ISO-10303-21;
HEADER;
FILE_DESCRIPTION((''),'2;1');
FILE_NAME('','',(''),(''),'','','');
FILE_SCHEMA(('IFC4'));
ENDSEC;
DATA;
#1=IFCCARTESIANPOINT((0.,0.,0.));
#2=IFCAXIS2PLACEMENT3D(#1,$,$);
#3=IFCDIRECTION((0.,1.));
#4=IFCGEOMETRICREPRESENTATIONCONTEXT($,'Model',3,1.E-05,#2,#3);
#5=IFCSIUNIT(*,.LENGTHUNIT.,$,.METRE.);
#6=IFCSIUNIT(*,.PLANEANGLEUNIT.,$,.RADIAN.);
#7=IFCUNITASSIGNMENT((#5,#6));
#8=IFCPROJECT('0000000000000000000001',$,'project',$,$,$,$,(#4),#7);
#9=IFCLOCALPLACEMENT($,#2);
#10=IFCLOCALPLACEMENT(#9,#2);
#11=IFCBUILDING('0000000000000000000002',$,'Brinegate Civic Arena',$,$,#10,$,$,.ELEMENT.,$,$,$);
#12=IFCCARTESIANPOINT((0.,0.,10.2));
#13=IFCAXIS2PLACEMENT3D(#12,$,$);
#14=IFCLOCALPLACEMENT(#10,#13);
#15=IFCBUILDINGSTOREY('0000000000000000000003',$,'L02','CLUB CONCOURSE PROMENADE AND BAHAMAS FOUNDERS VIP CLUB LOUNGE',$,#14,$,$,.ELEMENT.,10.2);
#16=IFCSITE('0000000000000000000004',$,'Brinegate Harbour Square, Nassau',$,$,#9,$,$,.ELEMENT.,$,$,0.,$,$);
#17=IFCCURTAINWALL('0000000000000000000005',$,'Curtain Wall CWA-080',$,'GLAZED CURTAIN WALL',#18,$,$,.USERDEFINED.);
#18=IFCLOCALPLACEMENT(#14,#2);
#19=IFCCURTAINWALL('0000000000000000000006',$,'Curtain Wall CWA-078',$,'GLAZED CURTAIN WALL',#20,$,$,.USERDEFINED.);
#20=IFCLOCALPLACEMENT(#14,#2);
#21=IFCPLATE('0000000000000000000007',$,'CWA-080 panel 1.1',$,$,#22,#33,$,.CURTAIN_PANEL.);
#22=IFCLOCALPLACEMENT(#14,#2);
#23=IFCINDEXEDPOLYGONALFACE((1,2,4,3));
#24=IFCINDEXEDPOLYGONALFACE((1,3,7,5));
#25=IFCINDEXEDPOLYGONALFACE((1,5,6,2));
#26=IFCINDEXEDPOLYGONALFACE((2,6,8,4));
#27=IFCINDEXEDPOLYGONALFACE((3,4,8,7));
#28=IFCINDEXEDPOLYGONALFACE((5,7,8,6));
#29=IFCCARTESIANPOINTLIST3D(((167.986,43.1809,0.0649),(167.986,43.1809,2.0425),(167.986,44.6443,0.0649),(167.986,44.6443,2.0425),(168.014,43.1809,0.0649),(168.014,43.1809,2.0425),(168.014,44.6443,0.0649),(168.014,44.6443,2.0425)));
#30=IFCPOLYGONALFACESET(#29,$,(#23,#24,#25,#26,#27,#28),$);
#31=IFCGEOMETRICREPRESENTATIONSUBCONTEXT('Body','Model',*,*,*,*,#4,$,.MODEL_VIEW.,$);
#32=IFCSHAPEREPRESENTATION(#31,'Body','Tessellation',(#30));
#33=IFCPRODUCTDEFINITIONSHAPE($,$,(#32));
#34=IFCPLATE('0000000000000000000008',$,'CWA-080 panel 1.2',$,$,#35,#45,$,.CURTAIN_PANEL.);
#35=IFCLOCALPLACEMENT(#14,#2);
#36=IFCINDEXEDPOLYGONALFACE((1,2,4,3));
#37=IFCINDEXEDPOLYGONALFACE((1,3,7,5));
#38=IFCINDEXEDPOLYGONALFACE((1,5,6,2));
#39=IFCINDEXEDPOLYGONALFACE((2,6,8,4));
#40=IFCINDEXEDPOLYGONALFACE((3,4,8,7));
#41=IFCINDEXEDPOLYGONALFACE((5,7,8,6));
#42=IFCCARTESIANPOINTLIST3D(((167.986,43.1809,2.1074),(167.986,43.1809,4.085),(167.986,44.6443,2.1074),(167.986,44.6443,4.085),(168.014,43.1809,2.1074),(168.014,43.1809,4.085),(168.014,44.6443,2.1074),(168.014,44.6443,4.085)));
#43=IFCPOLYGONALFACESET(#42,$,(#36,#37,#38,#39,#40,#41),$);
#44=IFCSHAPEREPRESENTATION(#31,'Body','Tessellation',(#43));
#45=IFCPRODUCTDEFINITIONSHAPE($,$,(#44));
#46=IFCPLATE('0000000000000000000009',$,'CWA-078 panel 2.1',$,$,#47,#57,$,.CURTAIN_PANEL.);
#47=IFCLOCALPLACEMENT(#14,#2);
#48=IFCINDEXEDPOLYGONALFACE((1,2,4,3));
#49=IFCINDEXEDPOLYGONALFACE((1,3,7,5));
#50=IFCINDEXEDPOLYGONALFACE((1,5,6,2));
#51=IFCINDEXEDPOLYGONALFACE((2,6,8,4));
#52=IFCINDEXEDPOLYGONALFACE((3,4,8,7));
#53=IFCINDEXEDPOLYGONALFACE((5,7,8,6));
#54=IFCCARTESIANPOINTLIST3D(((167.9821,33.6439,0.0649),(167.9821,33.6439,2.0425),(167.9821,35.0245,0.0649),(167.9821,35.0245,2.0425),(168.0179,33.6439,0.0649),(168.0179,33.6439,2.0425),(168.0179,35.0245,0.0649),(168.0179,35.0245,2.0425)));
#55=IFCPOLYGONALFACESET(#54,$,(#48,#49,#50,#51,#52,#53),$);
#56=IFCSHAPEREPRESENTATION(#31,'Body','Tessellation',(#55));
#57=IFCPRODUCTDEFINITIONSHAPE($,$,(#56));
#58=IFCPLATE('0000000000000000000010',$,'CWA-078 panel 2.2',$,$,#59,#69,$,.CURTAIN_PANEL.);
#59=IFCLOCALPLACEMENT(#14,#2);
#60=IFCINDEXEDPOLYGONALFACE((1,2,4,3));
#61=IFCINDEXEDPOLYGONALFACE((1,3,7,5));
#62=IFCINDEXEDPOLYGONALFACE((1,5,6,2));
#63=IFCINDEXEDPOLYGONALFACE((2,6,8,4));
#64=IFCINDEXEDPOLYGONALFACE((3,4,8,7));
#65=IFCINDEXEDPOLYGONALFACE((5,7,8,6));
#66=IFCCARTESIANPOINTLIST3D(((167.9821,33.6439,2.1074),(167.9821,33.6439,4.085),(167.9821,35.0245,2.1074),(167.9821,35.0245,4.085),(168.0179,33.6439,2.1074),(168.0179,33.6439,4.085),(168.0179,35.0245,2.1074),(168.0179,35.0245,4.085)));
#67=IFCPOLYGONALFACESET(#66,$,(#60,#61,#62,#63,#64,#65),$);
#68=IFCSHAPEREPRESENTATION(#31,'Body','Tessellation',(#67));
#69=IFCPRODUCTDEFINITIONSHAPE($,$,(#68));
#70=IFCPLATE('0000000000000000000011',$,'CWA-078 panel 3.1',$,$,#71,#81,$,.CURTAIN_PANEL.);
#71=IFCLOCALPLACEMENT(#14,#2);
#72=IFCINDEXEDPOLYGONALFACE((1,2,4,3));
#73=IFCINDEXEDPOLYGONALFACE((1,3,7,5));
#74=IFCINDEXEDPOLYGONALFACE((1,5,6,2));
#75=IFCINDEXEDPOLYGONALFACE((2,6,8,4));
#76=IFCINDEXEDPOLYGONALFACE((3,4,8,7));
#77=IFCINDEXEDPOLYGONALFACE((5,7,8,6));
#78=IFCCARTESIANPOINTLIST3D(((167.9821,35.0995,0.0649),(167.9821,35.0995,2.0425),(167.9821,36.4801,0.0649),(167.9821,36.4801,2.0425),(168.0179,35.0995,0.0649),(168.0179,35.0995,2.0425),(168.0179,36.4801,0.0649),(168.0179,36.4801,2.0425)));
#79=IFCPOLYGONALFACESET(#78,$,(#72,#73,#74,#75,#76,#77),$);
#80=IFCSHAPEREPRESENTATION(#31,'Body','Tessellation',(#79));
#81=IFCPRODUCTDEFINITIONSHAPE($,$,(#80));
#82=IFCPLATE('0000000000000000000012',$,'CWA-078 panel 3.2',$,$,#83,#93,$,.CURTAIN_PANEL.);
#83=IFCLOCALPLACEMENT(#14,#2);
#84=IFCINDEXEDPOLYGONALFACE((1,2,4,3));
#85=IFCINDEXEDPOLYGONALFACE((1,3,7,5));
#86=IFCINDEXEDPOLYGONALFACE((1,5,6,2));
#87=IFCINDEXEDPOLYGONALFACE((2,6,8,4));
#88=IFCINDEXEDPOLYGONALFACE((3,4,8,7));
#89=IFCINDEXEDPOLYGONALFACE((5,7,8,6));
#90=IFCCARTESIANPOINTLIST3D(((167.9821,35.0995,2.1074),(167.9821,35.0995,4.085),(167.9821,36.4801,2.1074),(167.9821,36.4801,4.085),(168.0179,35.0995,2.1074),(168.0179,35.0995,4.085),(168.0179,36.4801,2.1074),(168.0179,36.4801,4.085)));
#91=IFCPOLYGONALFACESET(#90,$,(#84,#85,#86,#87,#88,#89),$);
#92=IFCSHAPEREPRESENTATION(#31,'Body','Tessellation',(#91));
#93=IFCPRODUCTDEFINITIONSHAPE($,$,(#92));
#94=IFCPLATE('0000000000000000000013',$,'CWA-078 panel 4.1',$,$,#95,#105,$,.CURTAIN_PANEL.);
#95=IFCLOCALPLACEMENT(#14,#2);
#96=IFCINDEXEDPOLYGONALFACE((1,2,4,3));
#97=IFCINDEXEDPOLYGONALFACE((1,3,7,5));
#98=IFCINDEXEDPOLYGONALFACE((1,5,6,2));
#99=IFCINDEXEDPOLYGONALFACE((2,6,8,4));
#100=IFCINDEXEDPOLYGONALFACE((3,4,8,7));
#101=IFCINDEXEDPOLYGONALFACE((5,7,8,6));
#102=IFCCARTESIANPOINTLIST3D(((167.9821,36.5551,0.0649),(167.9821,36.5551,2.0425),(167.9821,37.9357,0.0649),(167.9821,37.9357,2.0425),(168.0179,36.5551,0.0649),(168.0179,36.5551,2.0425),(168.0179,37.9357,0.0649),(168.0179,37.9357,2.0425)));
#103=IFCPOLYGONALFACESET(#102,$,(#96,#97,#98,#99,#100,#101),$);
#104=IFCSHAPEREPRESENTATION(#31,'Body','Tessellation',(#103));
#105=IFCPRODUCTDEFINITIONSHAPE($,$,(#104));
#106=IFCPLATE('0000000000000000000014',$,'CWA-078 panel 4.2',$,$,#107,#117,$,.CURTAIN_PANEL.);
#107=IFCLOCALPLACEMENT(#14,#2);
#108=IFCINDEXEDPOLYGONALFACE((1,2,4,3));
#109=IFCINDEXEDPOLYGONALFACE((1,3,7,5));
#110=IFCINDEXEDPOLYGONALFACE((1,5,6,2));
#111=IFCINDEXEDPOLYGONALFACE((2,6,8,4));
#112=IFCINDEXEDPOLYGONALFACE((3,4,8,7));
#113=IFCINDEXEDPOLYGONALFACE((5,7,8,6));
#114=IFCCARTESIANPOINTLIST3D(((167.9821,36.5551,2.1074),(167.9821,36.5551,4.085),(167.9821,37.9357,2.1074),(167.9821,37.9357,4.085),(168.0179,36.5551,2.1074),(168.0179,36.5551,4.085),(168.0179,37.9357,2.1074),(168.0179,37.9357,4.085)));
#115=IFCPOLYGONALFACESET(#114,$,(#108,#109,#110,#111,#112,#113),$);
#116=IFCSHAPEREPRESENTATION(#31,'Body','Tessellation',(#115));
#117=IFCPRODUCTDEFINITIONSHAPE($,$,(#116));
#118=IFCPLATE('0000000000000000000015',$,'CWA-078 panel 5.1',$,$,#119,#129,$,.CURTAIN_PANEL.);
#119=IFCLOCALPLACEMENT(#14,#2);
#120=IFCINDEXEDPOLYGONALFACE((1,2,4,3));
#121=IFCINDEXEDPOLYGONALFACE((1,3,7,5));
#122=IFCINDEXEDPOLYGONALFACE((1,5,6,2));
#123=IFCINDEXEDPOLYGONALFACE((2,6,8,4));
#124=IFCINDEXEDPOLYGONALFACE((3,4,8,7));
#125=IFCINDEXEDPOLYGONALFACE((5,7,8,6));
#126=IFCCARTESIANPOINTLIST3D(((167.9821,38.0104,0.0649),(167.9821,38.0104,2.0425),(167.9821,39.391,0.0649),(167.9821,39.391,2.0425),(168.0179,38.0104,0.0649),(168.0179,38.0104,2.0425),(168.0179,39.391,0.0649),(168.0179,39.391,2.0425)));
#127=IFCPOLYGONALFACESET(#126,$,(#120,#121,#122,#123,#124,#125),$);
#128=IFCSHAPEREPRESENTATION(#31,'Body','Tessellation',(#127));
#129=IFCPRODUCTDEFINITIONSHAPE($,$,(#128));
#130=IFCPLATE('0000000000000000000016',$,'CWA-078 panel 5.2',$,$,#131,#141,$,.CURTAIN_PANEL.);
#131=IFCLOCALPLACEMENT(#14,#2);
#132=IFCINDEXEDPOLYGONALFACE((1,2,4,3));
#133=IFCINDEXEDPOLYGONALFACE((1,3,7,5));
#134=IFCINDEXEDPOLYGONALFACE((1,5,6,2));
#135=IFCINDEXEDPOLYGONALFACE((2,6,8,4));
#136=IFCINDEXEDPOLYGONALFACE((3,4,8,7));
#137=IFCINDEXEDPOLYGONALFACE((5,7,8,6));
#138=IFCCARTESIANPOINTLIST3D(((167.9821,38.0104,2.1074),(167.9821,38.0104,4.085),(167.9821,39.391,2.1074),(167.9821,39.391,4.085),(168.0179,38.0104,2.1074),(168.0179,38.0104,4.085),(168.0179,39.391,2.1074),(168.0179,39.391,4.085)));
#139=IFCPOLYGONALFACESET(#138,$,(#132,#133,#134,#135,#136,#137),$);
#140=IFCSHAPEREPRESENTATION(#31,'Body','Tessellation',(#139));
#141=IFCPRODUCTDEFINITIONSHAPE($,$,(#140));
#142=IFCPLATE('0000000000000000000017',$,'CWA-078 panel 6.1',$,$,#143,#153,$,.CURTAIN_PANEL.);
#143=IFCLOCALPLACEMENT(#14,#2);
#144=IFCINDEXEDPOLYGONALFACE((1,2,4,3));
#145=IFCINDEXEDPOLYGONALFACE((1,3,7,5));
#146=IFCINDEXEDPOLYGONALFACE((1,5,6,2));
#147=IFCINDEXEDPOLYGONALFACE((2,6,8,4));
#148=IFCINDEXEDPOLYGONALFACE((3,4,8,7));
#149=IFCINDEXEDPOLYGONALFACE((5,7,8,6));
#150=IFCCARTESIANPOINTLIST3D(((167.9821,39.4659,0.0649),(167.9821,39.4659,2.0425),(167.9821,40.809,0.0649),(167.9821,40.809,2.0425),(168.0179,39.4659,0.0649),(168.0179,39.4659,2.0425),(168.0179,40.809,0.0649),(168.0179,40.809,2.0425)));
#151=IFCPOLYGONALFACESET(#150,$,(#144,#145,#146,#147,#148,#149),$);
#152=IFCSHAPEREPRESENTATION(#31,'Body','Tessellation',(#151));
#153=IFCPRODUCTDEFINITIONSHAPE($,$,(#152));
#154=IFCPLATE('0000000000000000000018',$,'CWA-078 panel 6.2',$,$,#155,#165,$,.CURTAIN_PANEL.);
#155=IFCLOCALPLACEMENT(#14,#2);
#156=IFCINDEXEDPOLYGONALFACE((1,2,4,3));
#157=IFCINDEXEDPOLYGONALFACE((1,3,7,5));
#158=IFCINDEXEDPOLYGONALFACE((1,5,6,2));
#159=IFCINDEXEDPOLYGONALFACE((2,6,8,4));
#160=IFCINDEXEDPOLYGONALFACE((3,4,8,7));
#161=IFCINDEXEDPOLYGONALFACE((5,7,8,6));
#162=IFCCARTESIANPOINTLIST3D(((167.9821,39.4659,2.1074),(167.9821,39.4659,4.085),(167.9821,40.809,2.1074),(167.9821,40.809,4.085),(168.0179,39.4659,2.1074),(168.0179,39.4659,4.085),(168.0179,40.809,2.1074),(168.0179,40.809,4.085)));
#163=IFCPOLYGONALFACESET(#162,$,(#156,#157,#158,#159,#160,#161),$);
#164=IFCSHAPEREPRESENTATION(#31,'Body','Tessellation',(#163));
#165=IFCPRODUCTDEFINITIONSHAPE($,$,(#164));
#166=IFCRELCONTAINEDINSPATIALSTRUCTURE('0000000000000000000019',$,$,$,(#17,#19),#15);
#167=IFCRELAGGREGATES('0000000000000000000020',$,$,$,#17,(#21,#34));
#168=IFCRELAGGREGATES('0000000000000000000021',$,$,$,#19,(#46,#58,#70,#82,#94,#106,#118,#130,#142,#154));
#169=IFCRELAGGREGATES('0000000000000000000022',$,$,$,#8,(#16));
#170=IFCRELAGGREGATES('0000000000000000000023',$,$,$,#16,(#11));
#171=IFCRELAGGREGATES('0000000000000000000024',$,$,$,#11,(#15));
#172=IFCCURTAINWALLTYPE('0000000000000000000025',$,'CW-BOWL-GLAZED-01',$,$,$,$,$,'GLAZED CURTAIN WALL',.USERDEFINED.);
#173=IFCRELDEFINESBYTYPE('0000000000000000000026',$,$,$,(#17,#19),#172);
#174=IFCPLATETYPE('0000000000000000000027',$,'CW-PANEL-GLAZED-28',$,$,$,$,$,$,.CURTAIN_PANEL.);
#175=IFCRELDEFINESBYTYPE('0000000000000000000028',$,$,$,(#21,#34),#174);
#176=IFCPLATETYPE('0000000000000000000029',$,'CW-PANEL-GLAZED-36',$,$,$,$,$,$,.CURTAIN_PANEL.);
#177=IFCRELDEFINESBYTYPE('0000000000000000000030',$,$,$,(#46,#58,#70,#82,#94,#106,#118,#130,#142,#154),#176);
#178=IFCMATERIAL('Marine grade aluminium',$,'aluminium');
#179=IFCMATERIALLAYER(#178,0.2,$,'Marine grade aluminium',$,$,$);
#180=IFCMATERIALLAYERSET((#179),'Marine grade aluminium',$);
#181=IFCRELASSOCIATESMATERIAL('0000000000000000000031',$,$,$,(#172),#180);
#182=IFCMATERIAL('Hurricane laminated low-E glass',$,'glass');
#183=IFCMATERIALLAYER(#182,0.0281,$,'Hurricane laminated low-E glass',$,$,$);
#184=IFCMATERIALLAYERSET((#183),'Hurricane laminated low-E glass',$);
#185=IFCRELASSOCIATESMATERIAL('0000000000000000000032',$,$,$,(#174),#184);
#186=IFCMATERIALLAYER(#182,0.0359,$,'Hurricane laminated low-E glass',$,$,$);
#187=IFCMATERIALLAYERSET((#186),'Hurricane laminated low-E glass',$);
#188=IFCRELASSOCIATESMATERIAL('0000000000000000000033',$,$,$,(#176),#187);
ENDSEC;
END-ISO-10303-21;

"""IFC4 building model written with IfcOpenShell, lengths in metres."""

from ifc_helpers import new_model, si_unit, direction, frame, origin, origin_2d, place, context, subcontext, project, spatial, rectangle, extrude, material, layer, layer_set, type_object, element, aggregate, save


model = new_model("IFC4")

# Units and contexts
model_context = context("Model", 3, precision=1e-05, world=origin(), true_north=direction((0.0, 1.0)))
body_context = subcontext(model_context, "Body", "Model", "MODEL_VIEW")
ifc_project = project(units=[si_unit("LENGTHUNIT", "METRE"), si_unit("PLANEANGLEUNIT", "RADIAN")], contexts=[model_context])

# Site, building, storey
site_placement = place(None, origin())
site = spatial("IfcSite", under=ifc_project, at=site_placement, Name="Brinegate Harbour Square, Nassau", CompositionType="ELEMENT", RefElevation=0.0)
building_placement = place(site_placement, origin())
building = spatial("IfcBuilding", under=site, at=building_placement, Name="Brinegate Civic Arena", CompositionType="ELEMENT")
storey_placement = place(building_placement, frame((0.0, 0.0, 10.2)))
storey = spatial("IfcBuildingStorey", under=building, at=storey_placement, Name="L02", Description="CLUB CONCOURSE PROMENADE AND BAHAMAS FOUNDERS VIP CLUB LOUNGE", CompositionType="ELEMENT", Elevation=10.2)

# Curtain walls
ifc_material_1 = material(Name="Marine grade aluminium", Category="aluminium")
ifc_layer_1 = layer(ifc_material_1, 0.2, Name="Marine grade aluminium")
ifc_layer_set_1 = layer_set([ifc_layer_1], Name="Marine grade aluminium")
curtain_wall_type = type_object("IfcCurtainWallType", Name="CW-BOWL-GLAZED-01", ElementType="GLAZED CURTAIN WALL", PredefinedType="USERDEFINED", material=ifc_layer_set_1)
curtain_wall_1_placement = place(storey_placement, origin())
curtain_wall_1 = element("IfcCurtainWall", 1, at=curtain_wall_1_placement, inside=storey, type_object=curtain_wall_type, Name="Curtain Wall CWA-080", ObjectType="GLAZED CURTAIN WALL", PredefinedType="USERDEFINED")
curtain_wall_2_placement = place(storey_placement, origin())
curtain_wall_2 = element("IfcCurtainWall", 2, at=curtain_wall_2_placement, inside=storey, type_object=curtain_wall_type, Name="Curtain Wall CWA-078", ObjectType="GLAZED CURTAIN WALL", PredefinedType="USERDEFINED")

# Plates
ifc_material_2 = material(Name="Hurricane laminated low-E glass", Category="glass")
ifc_layer_2 = layer(ifc_material_2, 0.0281, Name="Hurricane laminated low-E glass")
ifc_layer_set_2 = layer_set([ifc_layer_2], Name="Hurricane laminated low-E glass")
plate_type_1 = type_object("IfcPlateType", Name="CW-PANEL-GLAZED-28", PredefinedType="CURTAIN_PANEL", material=ifc_layer_set_2)
plate_1_placement = place(storey_placement, frame((168.0, 43.9126, 0.0649), z_axis=(0.0, 0.0, 1.0), x_axis=(0.0, 1.0, 0.0)))
plate_1 = element("IfcPlate", 3, at=plate_1_placement, type_object=plate_type_1, Name="CWA-080 panel 1.1", PredefinedType="CURTAIN_PANEL", context=body_context, shape_type="SweptSolid", body=[
    extrude(rectangle(XDim=1.4634, YDim=0.0281, at=origin_2d()), origin(), (0.0, 0.0, 1.0), 1.9775),
])
plate_2_placement = place(storey_placement, frame((168.0, 43.9126, 2.1074), z_axis=(0.0, 0.0, 1.0), x_axis=(0.0, 1.0, 0.0)))
plate_2 = element("IfcPlate", 4, at=plate_2_placement, type_object=plate_type_1, Name="CWA-080 panel 1.2", PredefinedType="CURTAIN_PANEL", context=body_context, shape_type="SweptSolid", body=[
    extrude(rectangle(XDim=1.4634, YDim=0.0281, at=origin_2d()), origin(), (0.0, 0.0, 1.0), 1.9775),
])
aggregate(curtain_wall_1, [plate_1, plate_2])
ifc_layer_3 = layer(ifc_material_2, 0.0359, Name="Hurricane laminated low-E glass")
ifc_layer_set_3 = layer_set([ifc_layer_3], Name="Hurricane laminated low-E glass")
plate_type_2 = type_object("IfcPlateType", Name="CW-PANEL-GLAZED-36", PredefinedType="CURTAIN_PANEL", material=ifc_layer_set_3)
plate_3_placement = place(storey_placement, frame((168.0, 34.3342, 0.0649), z_axis=(0.0, 0.0, 1.0), x_axis=(0.0, 1.0, 0.0)))
plate_3 = element("IfcPlate", 5, at=plate_3_placement, type_object=plate_type_2, Name="CWA-078 panel 2.1", PredefinedType="CURTAIN_PANEL", context=body_context, shape_type="SweptSolid", body=[
    extrude(rectangle(XDim=1.3806, YDim=0.0359, at=origin_2d()), origin(), (0.0, 0.0, 1.0), 1.9775),
])
plate_4_placement = place(storey_placement, frame((168.0, 34.3342, 2.1074), z_axis=(0.0, 0.0, 1.0), x_axis=(0.0, 1.0, 0.0)))
plate_4 = element("IfcPlate", 6, at=plate_4_placement, type_object=plate_type_2, Name="CWA-078 panel 2.2", PredefinedType="CURTAIN_PANEL", context=body_context, shape_type="SweptSolid", body=[
    extrude(rectangle(XDim=1.3806, YDim=0.0359, at=origin_2d()), origin(), (0.0, 0.0, 1.0), 1.9775),
])
plate_5_placement = place(storey_placement, frame((168.0, 35.7898, 0.0649), z_axis=(0.0, 0.0, 1.0), x_axis=(0.0, 1.0, 0.0)))
plate_5 = element("IfcPlate", 7, at=plate_5_placement, type_object=plate_type_2, Name="CWA-078 panel 3.1", PredefinedType="CURTAIN_PANEL", context=body_context, shape_type="SweptSolid", body=[
    extrude(rectangle(XDim=1.3806, YDim=0.0359, at=origin_2d()), origin(), (0.0, 0.0, 1.0), 1.9775),
])
plate_6_placement = place(storey_placement, frame((168.0, 35.7898, 2.1074), z_axis=(0.0, 0.0, 1.0), x_axis=(0.0, 1.0, 0.0)))
plate_6 = element("IfcPlate", 8, at=plate_6_placement, type_object=plate_type_2, Name="CWA-078 panel 3.2", PredefinedType="CURTAIN_PANEL", context=body_context, shape_type="SweptSolid", body=[
    extrude(rectangle(XDim=1.3806, YDim=0.0359, at=origin_2d()), origin(), (0.0, 0.0, 1.0), 1.9775),
])
plate_7_placement = place(storey_placement, frame((168.0, 37.2454, 0.0649), z_axis=(0.0, 0.0, 1.0), x_axis=(0.0, 1.0, 0.0)))
plate_7 = element("IfcPlate", 9, at=plate_7_placement, type_object=plate_type_2, Name="CWA-078 panel 4.1", PredefinedType="CURTAIN_PANEL", context=body_context, shape_type="SweptSolid", body=[
    extrude(rectangle(XDim=1.3806, YDim=0.0359, at=origin_2d()), origin(), (0.0, 0.0, 1.0), 1.9775),
])
plate_8_placement = place(storey_placement, frame((168.0, 37.2454, 2.1074), z_axis=(0.0, 0.0, 1.0), x_axis=(0.0, 1.0, 0.0)))
plate_8 = element("IfcPlate", 10, at=plate_8_placement, type_object=plate_type_2, Name="CWA-078 panel 4.2", PredefinedType="CURTAIN_PANEL", context=body_context, shape_type="SweptSolid", body=[
    extrude(rectangle(XDim=1.3806, YDim=0.0359, at=origin_2d()), origin(), (0.0, 0.0, 1.0), 1.9775),
])
plate_9_placement = place(storey_placement, frame((168.0, 38.7007, 0.0649), z_axis=(0.0, 0.0, 1.0), x_axis=(0.0, 1.0, 0.0)))
plate_9 = element("IfcPlate", 11, at=plate_9_placement, type_object=plate_type_2, Name="CWA-078 panel 5.1", PredefinedType="CURTAIN_PANEL", context=body_context, shape_type="SweptSolid", body=[
    extrude(rectangle(XDim=1.3806, YDim=0.0359, at=origin_2d()), origin(), (0.0, 0.0, 1.0), 1.9775),
])
plate_10_placement = place(storey_placement, frame((168.0, 38.7007, 2.1074), z_axis=(0.0, 0.0, 1.0), x_axis=(0.0, 1.0, 0.0)))
plate_10 = element("IfcPlate", 12, at=plate_10_placement, type_object=plate_type_2, Name="CWA-078 panel 5.2", PredefinedType="CURTAIN_PANEL", context=body_context, shape_type="SweptSolid", body=[
    extrude(rectangle(XDim=1.3806, YDim=0.0359, at=origin_2d()), origin(), (0.0, 0.0, 1.0), 1.9775),
])
plate_11_placement = place(storey_placement, frame((168.0, 40.1375, 0.0649), z_axis=(0.0, 0.0, 1.0), x_axis=(0.0, 1.0, 0.0)))
plate_11 = element("IfcPlate", 13, at=plate_11_placement, type_object=plate_type_2, Name="CWA-078 panel 6.1", PredefinedType="CURTAIN_PANEL", context=body_context, shape_type="SweptSolid", body=[
    extrude(rectangle(XDim=1.343, YDim=0.0359, at=origin_2d()), origin(), (0.0, 0.0, 1.0), 1.9775),
])
plate_12_placement = place(storey_placement, frame((168.0, 40.1375, 2.1074), z_axis=(0.0, 0.0, 1.0), x_axis=(0.0, 1.0, 0.0)))
plate_12 = element("IfcPlate", 14, at=plate_12_placement, type_object=plate_type_2, Name="CWA-078 panel 6.2", PredefinedType="CURTAIN_PANEL", context=body_context, shape_type="SweptSolid", body=[
    extrude(rectangle(XDim=1.343, YDim=0.0359, at=origin_2d()), origin(), (0.0, 0.0, 1.0), 1.9775),
])
aggregate(curtain_wall_2, [plate_3, plate_4, plate_5, plate_6, plate_7, plate_8, plate_9, plate_10, plate_11, plate_12])

save(model, "model.ifc")
